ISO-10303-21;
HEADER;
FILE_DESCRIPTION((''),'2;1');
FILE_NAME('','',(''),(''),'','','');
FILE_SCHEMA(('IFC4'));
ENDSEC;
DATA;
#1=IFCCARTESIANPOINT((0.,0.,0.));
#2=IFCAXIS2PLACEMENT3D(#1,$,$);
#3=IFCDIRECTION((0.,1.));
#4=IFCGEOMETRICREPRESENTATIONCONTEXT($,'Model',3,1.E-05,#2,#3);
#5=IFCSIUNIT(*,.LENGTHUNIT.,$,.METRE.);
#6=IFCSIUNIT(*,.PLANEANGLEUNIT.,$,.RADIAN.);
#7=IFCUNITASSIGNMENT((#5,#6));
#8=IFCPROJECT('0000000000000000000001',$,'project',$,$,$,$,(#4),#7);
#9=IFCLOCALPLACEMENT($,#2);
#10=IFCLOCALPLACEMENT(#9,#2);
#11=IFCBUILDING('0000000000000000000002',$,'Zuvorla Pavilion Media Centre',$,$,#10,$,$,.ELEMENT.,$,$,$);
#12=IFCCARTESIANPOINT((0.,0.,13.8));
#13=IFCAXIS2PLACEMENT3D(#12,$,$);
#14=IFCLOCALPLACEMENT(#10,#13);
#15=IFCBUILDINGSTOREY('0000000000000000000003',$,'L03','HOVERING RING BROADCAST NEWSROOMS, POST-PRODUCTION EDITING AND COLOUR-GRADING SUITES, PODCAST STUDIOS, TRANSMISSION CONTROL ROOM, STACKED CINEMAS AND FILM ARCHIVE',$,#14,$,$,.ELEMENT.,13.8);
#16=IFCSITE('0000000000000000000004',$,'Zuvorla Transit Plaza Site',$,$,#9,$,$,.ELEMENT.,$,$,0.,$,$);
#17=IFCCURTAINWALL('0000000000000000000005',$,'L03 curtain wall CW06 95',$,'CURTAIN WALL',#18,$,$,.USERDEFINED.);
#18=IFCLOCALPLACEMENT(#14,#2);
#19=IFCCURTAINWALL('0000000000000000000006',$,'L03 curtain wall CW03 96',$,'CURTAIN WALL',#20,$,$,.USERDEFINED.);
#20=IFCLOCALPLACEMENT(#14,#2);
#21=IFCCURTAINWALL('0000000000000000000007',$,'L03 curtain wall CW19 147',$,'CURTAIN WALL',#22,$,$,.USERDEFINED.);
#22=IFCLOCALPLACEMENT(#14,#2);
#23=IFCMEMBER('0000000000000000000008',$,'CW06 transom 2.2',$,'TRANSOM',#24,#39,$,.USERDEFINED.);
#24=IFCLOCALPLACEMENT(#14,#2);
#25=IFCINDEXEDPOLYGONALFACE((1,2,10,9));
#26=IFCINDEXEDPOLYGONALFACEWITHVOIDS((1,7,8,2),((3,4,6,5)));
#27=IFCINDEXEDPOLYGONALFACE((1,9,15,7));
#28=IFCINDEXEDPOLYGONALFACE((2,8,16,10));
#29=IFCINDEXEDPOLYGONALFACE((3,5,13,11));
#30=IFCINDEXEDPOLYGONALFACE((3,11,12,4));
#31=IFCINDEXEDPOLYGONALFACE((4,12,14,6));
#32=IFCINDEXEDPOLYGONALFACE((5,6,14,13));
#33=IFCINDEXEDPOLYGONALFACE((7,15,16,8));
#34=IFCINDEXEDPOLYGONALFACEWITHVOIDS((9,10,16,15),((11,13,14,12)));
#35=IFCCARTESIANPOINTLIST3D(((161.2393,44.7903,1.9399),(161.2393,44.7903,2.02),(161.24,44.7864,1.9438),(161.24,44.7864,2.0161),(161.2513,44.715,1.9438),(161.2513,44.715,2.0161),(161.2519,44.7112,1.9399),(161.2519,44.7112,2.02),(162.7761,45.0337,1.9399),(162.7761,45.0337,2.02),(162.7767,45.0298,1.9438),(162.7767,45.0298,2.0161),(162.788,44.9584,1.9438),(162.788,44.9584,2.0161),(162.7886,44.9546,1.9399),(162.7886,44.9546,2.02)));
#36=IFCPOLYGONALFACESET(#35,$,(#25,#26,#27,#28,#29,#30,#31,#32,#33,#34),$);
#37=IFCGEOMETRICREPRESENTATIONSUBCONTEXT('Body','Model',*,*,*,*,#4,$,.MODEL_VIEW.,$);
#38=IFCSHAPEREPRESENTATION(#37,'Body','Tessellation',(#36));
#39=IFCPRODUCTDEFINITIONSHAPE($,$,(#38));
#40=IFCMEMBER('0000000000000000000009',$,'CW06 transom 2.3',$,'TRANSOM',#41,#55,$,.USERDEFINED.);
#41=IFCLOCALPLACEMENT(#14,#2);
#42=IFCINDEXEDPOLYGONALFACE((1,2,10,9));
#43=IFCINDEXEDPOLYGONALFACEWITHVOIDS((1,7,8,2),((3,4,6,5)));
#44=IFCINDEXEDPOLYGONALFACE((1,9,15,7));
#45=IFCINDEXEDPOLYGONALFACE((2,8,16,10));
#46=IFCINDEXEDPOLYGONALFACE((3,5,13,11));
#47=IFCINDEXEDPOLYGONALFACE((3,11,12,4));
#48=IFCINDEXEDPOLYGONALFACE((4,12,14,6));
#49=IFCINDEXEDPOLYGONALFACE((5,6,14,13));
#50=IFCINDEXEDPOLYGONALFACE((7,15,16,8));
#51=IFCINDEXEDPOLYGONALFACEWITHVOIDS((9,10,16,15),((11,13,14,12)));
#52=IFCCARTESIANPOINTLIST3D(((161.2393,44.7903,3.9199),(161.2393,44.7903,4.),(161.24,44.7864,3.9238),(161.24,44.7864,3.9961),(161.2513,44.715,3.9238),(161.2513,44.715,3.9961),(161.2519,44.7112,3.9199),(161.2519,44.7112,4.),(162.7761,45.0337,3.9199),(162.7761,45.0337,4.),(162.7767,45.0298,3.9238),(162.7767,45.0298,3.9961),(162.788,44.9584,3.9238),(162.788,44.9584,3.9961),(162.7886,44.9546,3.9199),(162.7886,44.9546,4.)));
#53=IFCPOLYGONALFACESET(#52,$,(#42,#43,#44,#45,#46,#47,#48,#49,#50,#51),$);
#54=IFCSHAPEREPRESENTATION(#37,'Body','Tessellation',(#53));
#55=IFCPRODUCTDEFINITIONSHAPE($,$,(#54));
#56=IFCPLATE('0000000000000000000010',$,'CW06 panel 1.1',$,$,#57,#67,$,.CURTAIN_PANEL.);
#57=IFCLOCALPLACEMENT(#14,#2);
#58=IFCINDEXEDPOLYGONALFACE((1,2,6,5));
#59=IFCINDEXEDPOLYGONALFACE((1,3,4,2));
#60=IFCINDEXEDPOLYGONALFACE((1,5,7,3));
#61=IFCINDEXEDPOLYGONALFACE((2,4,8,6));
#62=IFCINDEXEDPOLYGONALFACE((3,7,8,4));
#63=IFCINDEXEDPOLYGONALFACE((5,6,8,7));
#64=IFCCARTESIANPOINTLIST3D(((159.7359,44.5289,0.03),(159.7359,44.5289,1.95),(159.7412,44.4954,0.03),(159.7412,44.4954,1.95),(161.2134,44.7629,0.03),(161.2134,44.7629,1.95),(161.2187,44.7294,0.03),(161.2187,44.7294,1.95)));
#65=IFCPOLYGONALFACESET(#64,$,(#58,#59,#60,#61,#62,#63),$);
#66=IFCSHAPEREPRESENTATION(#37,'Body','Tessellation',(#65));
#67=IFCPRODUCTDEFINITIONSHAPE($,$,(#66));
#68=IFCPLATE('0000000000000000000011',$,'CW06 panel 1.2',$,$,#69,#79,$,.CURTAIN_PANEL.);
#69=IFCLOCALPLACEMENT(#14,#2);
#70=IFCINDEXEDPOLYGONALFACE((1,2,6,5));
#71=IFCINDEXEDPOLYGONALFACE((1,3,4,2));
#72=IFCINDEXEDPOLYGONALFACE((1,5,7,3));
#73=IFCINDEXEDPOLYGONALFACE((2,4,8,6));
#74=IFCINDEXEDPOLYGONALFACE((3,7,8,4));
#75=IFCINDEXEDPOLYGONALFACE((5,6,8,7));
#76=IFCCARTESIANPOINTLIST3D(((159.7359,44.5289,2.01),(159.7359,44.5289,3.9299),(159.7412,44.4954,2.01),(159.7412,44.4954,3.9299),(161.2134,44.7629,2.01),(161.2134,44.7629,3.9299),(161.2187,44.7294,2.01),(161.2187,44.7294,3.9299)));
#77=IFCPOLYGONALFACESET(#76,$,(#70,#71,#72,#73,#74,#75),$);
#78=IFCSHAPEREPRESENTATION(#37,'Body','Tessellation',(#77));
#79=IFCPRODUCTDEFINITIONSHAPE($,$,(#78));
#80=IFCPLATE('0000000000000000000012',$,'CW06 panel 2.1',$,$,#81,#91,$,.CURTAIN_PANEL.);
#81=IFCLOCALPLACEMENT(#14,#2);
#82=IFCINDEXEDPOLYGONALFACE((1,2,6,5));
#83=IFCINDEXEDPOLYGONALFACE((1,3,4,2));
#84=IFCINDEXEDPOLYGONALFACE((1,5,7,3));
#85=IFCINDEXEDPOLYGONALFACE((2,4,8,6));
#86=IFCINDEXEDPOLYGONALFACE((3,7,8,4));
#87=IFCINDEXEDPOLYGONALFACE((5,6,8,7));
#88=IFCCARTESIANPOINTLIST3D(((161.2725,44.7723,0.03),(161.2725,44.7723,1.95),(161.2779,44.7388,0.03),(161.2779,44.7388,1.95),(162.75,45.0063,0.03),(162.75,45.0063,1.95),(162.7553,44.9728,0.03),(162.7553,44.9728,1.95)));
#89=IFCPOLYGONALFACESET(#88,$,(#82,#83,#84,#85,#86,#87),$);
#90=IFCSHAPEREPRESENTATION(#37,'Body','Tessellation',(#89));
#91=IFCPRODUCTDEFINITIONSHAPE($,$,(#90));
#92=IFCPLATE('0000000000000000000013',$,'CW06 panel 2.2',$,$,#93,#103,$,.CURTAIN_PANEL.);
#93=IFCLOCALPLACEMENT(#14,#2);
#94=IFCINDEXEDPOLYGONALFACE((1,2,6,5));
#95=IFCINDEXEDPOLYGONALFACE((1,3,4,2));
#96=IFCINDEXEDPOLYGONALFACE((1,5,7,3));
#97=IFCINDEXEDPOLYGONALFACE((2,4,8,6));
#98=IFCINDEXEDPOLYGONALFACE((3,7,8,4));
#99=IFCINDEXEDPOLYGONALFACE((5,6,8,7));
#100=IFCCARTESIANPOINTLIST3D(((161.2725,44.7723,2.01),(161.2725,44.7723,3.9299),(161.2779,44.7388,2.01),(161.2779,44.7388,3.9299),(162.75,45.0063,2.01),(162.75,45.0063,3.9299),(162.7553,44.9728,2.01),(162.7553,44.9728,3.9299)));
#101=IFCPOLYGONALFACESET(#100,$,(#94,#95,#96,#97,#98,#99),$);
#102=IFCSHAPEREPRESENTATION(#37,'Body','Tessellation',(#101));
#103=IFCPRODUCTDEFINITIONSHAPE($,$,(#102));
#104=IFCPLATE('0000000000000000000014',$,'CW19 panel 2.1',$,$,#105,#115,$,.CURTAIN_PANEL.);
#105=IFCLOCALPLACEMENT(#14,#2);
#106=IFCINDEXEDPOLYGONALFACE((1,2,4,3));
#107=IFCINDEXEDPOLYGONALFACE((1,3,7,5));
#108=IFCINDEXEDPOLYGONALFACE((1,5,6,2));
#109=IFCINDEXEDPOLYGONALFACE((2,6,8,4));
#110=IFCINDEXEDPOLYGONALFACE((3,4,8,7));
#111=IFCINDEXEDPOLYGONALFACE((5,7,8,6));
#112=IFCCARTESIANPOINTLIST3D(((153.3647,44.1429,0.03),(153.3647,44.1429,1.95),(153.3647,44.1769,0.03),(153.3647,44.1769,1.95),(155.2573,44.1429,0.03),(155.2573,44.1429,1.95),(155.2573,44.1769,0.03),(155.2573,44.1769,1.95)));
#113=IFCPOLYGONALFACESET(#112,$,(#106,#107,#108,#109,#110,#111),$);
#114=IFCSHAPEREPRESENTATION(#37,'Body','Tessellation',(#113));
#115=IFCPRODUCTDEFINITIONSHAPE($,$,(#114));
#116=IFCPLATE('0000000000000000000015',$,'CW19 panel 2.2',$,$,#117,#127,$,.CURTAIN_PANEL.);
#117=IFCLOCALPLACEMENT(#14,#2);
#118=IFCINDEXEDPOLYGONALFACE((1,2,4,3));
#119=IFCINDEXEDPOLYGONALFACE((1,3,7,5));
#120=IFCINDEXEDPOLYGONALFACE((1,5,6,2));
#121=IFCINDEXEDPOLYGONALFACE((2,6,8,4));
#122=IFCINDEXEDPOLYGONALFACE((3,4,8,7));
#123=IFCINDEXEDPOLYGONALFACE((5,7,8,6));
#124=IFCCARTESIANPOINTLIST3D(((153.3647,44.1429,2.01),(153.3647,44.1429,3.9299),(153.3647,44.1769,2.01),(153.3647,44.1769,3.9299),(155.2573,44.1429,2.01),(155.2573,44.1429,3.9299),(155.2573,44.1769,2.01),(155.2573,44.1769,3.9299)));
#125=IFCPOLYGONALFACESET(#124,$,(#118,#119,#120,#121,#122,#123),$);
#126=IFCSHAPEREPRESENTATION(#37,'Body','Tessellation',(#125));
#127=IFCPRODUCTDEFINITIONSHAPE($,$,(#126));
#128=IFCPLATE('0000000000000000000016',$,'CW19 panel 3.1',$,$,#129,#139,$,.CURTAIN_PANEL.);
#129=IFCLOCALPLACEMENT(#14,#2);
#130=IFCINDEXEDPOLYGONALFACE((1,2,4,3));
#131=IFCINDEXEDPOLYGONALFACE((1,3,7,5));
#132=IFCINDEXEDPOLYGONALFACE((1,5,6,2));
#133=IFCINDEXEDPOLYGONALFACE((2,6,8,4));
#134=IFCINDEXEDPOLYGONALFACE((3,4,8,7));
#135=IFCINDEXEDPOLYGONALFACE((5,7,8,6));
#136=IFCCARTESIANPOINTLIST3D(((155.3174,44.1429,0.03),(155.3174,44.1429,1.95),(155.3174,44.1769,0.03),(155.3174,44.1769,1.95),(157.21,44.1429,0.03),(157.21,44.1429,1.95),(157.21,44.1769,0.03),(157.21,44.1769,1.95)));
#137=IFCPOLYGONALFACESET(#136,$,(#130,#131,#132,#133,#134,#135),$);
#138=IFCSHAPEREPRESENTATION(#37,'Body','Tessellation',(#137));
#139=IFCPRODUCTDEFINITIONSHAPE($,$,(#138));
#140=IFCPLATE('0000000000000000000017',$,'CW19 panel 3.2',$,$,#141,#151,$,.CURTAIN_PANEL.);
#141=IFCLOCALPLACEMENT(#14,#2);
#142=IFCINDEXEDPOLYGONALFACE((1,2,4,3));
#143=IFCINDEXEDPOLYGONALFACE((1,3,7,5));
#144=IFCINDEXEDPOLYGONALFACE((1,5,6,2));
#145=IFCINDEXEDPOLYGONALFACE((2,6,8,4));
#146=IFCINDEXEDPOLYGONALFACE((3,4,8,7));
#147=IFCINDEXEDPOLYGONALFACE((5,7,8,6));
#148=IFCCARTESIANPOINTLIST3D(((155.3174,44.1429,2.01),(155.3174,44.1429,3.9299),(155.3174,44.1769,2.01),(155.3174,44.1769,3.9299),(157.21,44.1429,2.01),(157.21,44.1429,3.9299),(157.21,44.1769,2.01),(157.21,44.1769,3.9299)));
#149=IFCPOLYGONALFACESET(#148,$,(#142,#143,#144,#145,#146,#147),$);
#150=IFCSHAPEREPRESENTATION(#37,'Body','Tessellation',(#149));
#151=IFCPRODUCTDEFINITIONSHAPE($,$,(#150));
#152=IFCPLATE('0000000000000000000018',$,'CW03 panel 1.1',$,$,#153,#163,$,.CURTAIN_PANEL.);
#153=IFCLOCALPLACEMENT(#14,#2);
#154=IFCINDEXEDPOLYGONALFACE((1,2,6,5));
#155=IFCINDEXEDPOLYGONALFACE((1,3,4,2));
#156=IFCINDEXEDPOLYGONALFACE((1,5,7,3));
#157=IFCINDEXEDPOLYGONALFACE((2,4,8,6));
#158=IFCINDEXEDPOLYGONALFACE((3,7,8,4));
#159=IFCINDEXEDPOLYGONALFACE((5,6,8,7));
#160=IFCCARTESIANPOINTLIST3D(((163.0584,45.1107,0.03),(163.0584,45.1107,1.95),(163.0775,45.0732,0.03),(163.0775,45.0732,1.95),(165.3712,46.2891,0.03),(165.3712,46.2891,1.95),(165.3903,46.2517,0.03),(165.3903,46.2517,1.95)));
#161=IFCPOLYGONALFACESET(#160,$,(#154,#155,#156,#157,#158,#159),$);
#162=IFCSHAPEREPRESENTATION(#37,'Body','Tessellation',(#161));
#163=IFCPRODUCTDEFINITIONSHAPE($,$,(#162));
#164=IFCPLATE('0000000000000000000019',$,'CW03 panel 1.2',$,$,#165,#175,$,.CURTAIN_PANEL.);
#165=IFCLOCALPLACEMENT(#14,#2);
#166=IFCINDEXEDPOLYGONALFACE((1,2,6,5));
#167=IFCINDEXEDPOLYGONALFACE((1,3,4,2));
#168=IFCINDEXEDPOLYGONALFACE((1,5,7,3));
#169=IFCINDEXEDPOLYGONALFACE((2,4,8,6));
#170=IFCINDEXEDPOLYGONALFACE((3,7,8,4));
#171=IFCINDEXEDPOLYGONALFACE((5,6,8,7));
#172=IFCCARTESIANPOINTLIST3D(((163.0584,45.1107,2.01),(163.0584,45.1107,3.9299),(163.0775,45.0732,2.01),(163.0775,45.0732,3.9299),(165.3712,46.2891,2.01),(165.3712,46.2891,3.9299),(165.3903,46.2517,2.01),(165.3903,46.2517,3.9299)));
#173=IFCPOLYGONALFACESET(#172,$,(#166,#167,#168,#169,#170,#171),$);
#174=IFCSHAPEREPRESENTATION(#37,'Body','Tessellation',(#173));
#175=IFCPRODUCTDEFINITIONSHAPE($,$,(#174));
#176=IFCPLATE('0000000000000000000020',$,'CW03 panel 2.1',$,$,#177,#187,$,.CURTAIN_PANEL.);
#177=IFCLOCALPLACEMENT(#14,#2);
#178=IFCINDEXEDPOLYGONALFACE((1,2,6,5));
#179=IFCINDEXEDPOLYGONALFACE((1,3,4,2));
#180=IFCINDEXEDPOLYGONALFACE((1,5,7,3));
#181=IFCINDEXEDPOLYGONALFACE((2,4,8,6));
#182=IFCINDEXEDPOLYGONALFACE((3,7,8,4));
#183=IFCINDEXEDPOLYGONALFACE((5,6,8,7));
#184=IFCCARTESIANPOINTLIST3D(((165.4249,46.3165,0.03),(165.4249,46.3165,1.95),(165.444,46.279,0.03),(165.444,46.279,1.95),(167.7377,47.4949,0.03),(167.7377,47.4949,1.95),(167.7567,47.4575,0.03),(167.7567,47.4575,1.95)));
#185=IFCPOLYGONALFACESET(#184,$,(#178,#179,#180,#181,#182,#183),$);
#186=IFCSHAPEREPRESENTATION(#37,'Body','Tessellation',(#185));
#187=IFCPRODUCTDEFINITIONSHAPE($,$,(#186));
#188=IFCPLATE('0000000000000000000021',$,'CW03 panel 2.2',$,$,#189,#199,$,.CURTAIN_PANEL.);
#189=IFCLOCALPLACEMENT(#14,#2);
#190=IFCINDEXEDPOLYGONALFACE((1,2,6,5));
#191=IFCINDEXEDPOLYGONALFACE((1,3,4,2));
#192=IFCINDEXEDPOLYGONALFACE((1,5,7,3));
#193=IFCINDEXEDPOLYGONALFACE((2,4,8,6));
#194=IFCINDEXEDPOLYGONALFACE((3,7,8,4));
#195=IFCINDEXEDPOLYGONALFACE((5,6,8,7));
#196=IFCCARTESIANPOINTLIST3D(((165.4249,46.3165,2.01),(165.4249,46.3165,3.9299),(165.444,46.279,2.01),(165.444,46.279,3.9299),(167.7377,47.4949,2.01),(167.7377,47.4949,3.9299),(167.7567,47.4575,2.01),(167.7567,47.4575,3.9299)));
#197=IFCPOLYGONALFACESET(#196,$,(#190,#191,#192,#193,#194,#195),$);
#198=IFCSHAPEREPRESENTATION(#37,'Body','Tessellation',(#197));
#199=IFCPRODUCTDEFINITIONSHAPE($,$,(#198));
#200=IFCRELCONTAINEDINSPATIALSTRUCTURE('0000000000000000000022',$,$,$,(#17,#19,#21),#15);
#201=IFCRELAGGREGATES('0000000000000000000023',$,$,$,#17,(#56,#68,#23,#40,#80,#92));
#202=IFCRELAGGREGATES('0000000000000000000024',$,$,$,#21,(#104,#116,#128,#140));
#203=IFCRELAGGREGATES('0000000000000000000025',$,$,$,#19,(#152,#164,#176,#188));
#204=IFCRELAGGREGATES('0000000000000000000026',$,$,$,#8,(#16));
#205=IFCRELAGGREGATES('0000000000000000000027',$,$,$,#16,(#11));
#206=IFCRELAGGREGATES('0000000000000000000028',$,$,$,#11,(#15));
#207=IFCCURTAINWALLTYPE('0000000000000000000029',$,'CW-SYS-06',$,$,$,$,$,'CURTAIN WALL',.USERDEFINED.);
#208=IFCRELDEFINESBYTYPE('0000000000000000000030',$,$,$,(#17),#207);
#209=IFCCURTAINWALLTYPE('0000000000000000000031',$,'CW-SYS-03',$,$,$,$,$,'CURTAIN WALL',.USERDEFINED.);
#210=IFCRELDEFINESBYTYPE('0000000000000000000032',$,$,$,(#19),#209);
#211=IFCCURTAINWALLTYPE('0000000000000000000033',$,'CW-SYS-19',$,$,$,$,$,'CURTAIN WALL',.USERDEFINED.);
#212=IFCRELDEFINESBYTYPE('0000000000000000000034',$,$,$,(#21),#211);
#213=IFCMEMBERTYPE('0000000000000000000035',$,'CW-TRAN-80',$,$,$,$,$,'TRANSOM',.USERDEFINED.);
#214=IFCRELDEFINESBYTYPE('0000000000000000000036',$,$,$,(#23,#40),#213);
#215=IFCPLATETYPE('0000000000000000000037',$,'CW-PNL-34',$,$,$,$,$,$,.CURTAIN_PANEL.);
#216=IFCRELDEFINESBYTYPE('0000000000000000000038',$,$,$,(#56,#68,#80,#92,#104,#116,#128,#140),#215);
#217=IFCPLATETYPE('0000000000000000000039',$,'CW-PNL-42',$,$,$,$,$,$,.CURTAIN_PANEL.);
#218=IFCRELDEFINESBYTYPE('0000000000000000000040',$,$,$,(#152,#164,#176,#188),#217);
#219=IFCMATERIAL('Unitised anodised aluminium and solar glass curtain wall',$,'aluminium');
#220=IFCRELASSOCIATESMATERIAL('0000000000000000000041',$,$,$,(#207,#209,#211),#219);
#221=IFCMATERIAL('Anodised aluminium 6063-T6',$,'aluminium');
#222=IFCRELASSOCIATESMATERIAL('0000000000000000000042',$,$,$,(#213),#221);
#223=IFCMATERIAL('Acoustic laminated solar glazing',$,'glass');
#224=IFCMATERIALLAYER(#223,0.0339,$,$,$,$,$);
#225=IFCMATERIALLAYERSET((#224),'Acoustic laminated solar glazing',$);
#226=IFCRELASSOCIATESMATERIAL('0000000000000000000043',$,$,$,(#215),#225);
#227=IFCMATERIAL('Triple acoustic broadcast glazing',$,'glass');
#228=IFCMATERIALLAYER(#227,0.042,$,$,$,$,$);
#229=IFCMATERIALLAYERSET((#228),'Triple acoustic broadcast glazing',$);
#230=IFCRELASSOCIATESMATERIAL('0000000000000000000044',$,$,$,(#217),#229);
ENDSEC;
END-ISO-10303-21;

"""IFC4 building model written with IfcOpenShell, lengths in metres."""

from ifc_helpers import new_model, si_unit, direction, frame, origin, origin_2d, place, context, subcontext, project, spatial, rectangle, hollow_rectangle, extrude, material, layer, layer_set, material_profile, profile_set, type_object, element, aggregate, save


model = new_model("IFC4")

# Units and contexts
model_context = context("Model", 3, precision=1e-05, world=origin(), true_north=direction((0.0, 1.0)))
body_context = subcontext(model_context, "Body", "Model", "MODEL_VIEW")
ifc_project = project(units=[si_unit("LENGTHUNIT", "METRE"), si_unit("PLANEANGLEUNIT", "RADIAN")], contexts=[model_context])

# Site, building, storey
site_placement = place(None, origin())
site = spatial("IfcSite", under=ifc_project, at=site_placement, Name="Zuvorla Transit Plaza Site", CompositionType="ELEMENT", RefElevation=0.0)
building_placement = place(site_placement, origin())
building = spatial("IfcBuilding", under=site, at=building_placement, Name="Zuvorla Pavilion Media Centre", CompositionType="ELEMENT")
storey_placement = place(building_placement, frame((0.0, 0.0, 13.8)))
storey = spatial("IfcBuildingStorey", under=building, at=storey_placement, Name="L03", Description="HOVERING RING BROADCAST NEWSROOMS, POST-PRODUCTION EDITING AND COLOUR-GRADING SUITES, PODCAST STUDIOS, TRANSMISSION CONTROL ROOM, STACKED CINEMAS AND FILM ARCHIVE", CompositionType="ELEMENT", Elevation=13.8)

# Curtain walls
ifc_material_1 = material(Name="Unitised anodised aluminium and solar glass curtain wall", Category="aluminium")
curtain_wall_type_1 = type_object("IfcCurtainWallType", Name="CW-SYS-06", ElementType="CURTAIN WALL", PredefinedType="USERDEFINED", material=ifc_material_1)
curtain_wall_1_placement = place(storey_placement, origin())
curtain_wall_1 = element("IfcCurtainWall", 1, at=curtain_wall_1_placement, inside=storey, type_object=curtain_wall_type_1, Name="L03 curtain wall CW06 95", ObjectType="CURTAIN WALL", PredefinedType="USERDEFINED")
ifc_material_2 = material(Name="Anodised aluminium 6063-T6", Category="aluminium")
curtain_wall_type_2 = type_object("IfcCurtainWallType", Name="CW-SYS-03", ElementType="CURTAIN WALL", PredefinedType="USERDEFINED", material=ifc_material_1)
curtain_wall_2_placement = place(storey_placement, origin())
curtain_wall_2 = element("IfcCurtainWall", 2, at=curtain_wall_2_placement, inside=storey, type_object=curtain_wall_type_2, Name="L03 curtain wall CW03 96", ObjectType="CURTAIN WALL", PredefinedType="USERDEFINED")
curtain_wall_type_3 = type_object("IfcCurtainWallType", Name="CW-SYS-19", ElementType="CURTAIN WALL", PredefinedType="USERDEFINED", material=ifc_material_1)
curtain_wall_3_placement = place(storey_placement, origin())
curtain_wall_3 = element("IfcCurtainWall", 3, at=curtain_wall_3_placement, inside=storey, type_object=curtain_wall_type_3, Name="L03 curtain wall CW19 147", ObjectType="CURTAIN WALL", PredefinedType="USERDEFINED")

# Members
ifc_material_profile_1 = material_profile(ifc_material_2, hollow_rectangle(XDim=0.0801, YDim=0.0801, WallThickness=0.0039, at=origin_2d()), Name="ALU TRAN 80x80")
ifc_profile_set_1 = profile_set([ifc_material_profile_1], Name="Anodised aluminium 6063-T6")
member_type_1 = type_object("IfcMemberType", Name="CW-TRAN-80", ElementType="TRANSOM", PredefinedType="USERDEFINED", material=ifc_profile_set_1)
member_1_placement = place(storey_placement, frame((161.2456, 44.7507, 1.98), z_axis=(0.987689, 0.15643, 0.0), x_axis=(-0.15643, 0.987689, 0.0)))
member_1 = element("IfcMember", 4, at=member_1_placement, type_object=member_type_1, Name="CW06 transom 2.2", ObjectType="TRANSOM", PredefinedType="USERDEFINED", context=body_context, shape_type="SweptSolid", body=[
    extrude(hollow_rectangle(XDim=0.0801, YDim=0.0801, WallThickness=0.0039, at=origin_2d()), origin(), (0.0, 0.0, 1.0), 1.5559),
])
member_2_placement = place(storey_placement, frame((161.2456, 44.7507, 3.96), z_axis=(0.987689, 0.15643, 0.0), x_axis=(-0.15643, 0.987689, 0.0)))
member_2 = element("IfcMember", 5, at=member_2_placement, type_object=member_type_1, Name="CW06 transom 2.3", ObjectType="TRANSOM", PredefinedType="USERDEFINED", context=body_context, shape_type="SweptSolid", body=[
    extrude(hollow_rectangle(XDim=0.0801, YDim=0.0801, WallThickness=0.0039, at=origin_2d()), origin(), (0.0, 0.0, 1.0), 1.5559),
])

# Plates
ifc_material_3 = material(Name="Acoustic laminated solar glazing", Category="glass")
ifc_layer_1 = layer(ifc_material_3, 0.0339)
ifc_layer_set_1 = layer_set([ifc_layer_1], Name="Acoustic laminated solar glazing")
plate_type_1 = type_object("IfcPlateType", Name="CW-PNL-34", PredefinedType="CURTAIN_PANEL", material=ifc_layer_set_1)
plate_1_placement = place(storey_placement, frame((160.4773, 44.6292, 0.03), z_axis=(0.0, 0.0, 1.0), x_axis=(0.987689, 0.156431, 0.0)))
plate_1 = element("IfcPlate", 6, at=plate_1_placement, type_object=plate_type_1, Name="CW06 panel 1.1", PredefinedType="CURTAIN_PANEL", context=body_context, shape_type="SweptSolid", body=[
    extrude(rectangle(XDim=1.4958, YDim=0.0339, at=origin_2d()), origin(), (0.0, 0.0, 1.0), 1.9199),
])
plate_2_placement = place(storey_placement, frame((160.4773, 44.6292, 2.01), z_axis=(0.0, 0.0, 1.0), x_axis=(0.987689, 0.156431, 0.0)))
plate_2 = element("IfcPlate", 7, at=plate_2_placement, type_object=plate_type_1, Name="CW06 panel 1.2", PredefinedType="CURTAIN_PANEL", context=body_context, shape_type="SweptSolid", body=[
    extrude(rectangle(XDim=1.4958, YDim=0.0339, at=origin_2d()), origin(), (0.0, 0.0, 1.0), 1.9199),
])
plate_3_placement = place(storey_placement, frame((162.0139, 44.8726, 0.03), z_axis=(0.0, 0.0, 1.0), x_axis=(0.987689, 0.156431, 0.0)))
plate_3 = element("IfcPlate", 8, at=plate_3_placement, type_object=plate_type_1, Name="CW06 panel 2.1", PredefinedType="CURTAIN_PANEL", context=body_context, shape_type="SweptSolid", body=[
    extrude(rectangle(XDim=1.4958, YDim=0.0339, at=origin_2d()), origin(), (0.0, 0.0, 1.0), 1.9199),
])
plate_4_placement = place(storey_placement, frame((162.0139, 44.8726, 2.01), z_axis=(0.0, 0.0, 1.0), x_axis=(0.987689, 0.156431, 0.0)))
plate_4 = element("IfcPlate", 9, at=plate_4_placement, type_object=plate_type_1, Name="CW06 panel 2.2", PredefinedType="CURTAIN_PANEL", context=body_context, shape_type="SweptSolid", body=[
    extrude(rectangle(XDim=1.4958, YDim=0.0339, at=origin_2d()), origin(), (0.0, 0.0, 1.0), 1.9199),
])
aggregate(curtain_wall_1, [plate_1, plate_2, member_1, member_2, plate_3, plate_4])
plate_5_placement = place(storey_placement, frame((154.311, 44.1599, 0.03), z_axis=(0.0, 0.0, 1.0), x_axis=(1.0, 0.0, 0.0)))
plate_5 = element("IfcPlate", 10, at=plate_5_placement, type_object=plate_type_1, Name="CW19 panel 2.1", PredefinedType="CURTAIN_PANEL", context=body_context, shape_type="SweptSolid", body=[
    extrude(rectangle(XDim=1.8926, YDim=0.0339, at=origin_2d()), origin(), (0.0, 0.0, 1.0), 1.9199),
])
plate_6_placement = place(storey_placement, frame((154.311, 44.1599, 2.01), z_axis=(0.0, 0.0, 1.0), x_axis=(1.0, 0.0, 0.0)))
plate_6 = element("IfcPlate", 11, at=plate_6_placement, type_object=plate_type_1, Name="CW19 panel 2.2", PredefinedType="CURTAIN_PANEL", context=body_context, shape_type="SweptSolid", body=[
    extrude(rectangle(XDim=1.8926, YDim=0.0339, at=origin_2d()), origin(), (0.0, 0.0, 1.0), 1.9199),
])
plate_7_placement = place(storey_placement, frame((156.2637, 44.1599, 0.03), z_axis=(0.0, 0.0, 1.0), x_axis=(1.0, 0.0, 0.0)))
plate_7 = element("IfcPlate", 12, at=plate_7_placement, type_object=plate_type_1, Name="CW19 panel 3.1", PredefinedType="CURTAIN_PANEL", context=body_context, shape_type="SweptSolid", body=[
    extrude(rectangle(XDim=1.8926, YDim=0.0339, at=origin_2d()), origin(), (0.0, 0.0, 1.0), 1.9199),
])
plate_8_placement = place(storey_placement, frame((156.2637, 44.1599, 2.01), z_axis=(0.0, 0.0, 1.0), x_axis=(1.0, 0.0, 0.0)))
plate_8 = element("IfcPlate", 13, at=plate_8_placement, type_object=plate_type_1, Name="CW19 panel 3.2", PredefinedType="CURTAIN_PANEL", context=body_context, shape_type="SweptSolid", body=[
    extrude(rectangle(XDim=1.8926, YDim=0.0339, at=origin_2d()), origin(), (0.0, 0.0, 1.0), 1.9199),
])
aggregate(curtain_wall_3, [plate_5, plate_6, plate_7, plate_8])
ifc_material_4 = material(Name="Triple acoustic broadcast glazing", Category="glass")
ifc_layer_2 = layer(ifc_material_4, 0.042)
ifc_layer_set_2 = layer_set([ifc_layer_2], Name="Triple acoustic broadcast glazing")
plate_type_2 = type_object("IfcPlateType", Name="CW-PNL-42", PredefinedType="CURTAIN_PANEL", material=ifc_layer_set_2)
plate_9_placement = place(storey_placement, frame((164.2244, 45.6812, 0.03), z_axis=(0.0, 0.0, 1.0), x_axis=(0.891009, 0.453986, 0.0)))
plate_9 = element("IfcPlate", 14, at=plate_9_placement, type_object=plate_type_2, Name="CW03 panel 1.1", PredefinedType="CURTAIN_PANEL", context=body_context, shape_type="SweptSolid", body=[
    extrude(rectangle(XDim=2.5957, YDim=0.042, at=origin_2d()), origin(), (0.0, 0.0, 1.0), 1.9199),
])
plate_10_placement = place(storey_placement, frame((164.2244, 45.6812, 2.01), z_axis=(0.0, 0.0, 1.0), x_axis=(0.891009, 0.453986, 0.0)))
plate_10 = element("IfcPlate", 15, at=plate_10_placement, type_object=plate_type_2, Name="CW03 panel 1.2", PredefinedType="CURTAIN_PANEL", context=body_context, shape_type="SweptSolid", body=[
    extrude(rectangle(XDim=2.5957, YDim=0.042, at=origin_2d()), origin(), (0.0, 0.0, 1.0), 1.9199),
])
plate_11_placement = place(storey_placement, frame((166.5908, 46.887, 0.03), z_axis=(0.0, 0.0, 1.0), x_axis=(0.891009, 0.453986, 0.0)))
plate_11 = element("IfcPlate", 16, at=plate_11_placement, type_object=plate_type_2, Name="CW03 panel 2.1", PredefinedType="CURTAIN_PANEL", context=body_context, shape_type="SweptSolid", body=[
    extrude(rectangle(XDim=2.5957, YDim=0.042, at=origin_2d()), origin(), (0.0, 0.0, 1.0), 1.9199),
])
plate_12_placement = place(storey_placement, frame((166.5908, 46.887, 2.01), z_axis=(0.0, 0.0, 1.0), x_axis=(0.891009, 0.453986, 0.0)))
plate_12 = element("IfcPlate", 17, at=plate_12_placement, type_object=plate_type_2, Name="CW03 panel 2.2", PredefinedType="CURTAIN_PANEL", context=body_context, shape_type="SweptSolid", body=[
    extrude(rectangle(XDim=2.5957, YDim=0.042, at=origin_2d()), origin(), (0.0, 0.0, 1.0), 1.9199),
])
aggregate(curtain_wall_2, [plate_9, plate_10, plate_11, plate_12])

save(model, "model.ifc")
